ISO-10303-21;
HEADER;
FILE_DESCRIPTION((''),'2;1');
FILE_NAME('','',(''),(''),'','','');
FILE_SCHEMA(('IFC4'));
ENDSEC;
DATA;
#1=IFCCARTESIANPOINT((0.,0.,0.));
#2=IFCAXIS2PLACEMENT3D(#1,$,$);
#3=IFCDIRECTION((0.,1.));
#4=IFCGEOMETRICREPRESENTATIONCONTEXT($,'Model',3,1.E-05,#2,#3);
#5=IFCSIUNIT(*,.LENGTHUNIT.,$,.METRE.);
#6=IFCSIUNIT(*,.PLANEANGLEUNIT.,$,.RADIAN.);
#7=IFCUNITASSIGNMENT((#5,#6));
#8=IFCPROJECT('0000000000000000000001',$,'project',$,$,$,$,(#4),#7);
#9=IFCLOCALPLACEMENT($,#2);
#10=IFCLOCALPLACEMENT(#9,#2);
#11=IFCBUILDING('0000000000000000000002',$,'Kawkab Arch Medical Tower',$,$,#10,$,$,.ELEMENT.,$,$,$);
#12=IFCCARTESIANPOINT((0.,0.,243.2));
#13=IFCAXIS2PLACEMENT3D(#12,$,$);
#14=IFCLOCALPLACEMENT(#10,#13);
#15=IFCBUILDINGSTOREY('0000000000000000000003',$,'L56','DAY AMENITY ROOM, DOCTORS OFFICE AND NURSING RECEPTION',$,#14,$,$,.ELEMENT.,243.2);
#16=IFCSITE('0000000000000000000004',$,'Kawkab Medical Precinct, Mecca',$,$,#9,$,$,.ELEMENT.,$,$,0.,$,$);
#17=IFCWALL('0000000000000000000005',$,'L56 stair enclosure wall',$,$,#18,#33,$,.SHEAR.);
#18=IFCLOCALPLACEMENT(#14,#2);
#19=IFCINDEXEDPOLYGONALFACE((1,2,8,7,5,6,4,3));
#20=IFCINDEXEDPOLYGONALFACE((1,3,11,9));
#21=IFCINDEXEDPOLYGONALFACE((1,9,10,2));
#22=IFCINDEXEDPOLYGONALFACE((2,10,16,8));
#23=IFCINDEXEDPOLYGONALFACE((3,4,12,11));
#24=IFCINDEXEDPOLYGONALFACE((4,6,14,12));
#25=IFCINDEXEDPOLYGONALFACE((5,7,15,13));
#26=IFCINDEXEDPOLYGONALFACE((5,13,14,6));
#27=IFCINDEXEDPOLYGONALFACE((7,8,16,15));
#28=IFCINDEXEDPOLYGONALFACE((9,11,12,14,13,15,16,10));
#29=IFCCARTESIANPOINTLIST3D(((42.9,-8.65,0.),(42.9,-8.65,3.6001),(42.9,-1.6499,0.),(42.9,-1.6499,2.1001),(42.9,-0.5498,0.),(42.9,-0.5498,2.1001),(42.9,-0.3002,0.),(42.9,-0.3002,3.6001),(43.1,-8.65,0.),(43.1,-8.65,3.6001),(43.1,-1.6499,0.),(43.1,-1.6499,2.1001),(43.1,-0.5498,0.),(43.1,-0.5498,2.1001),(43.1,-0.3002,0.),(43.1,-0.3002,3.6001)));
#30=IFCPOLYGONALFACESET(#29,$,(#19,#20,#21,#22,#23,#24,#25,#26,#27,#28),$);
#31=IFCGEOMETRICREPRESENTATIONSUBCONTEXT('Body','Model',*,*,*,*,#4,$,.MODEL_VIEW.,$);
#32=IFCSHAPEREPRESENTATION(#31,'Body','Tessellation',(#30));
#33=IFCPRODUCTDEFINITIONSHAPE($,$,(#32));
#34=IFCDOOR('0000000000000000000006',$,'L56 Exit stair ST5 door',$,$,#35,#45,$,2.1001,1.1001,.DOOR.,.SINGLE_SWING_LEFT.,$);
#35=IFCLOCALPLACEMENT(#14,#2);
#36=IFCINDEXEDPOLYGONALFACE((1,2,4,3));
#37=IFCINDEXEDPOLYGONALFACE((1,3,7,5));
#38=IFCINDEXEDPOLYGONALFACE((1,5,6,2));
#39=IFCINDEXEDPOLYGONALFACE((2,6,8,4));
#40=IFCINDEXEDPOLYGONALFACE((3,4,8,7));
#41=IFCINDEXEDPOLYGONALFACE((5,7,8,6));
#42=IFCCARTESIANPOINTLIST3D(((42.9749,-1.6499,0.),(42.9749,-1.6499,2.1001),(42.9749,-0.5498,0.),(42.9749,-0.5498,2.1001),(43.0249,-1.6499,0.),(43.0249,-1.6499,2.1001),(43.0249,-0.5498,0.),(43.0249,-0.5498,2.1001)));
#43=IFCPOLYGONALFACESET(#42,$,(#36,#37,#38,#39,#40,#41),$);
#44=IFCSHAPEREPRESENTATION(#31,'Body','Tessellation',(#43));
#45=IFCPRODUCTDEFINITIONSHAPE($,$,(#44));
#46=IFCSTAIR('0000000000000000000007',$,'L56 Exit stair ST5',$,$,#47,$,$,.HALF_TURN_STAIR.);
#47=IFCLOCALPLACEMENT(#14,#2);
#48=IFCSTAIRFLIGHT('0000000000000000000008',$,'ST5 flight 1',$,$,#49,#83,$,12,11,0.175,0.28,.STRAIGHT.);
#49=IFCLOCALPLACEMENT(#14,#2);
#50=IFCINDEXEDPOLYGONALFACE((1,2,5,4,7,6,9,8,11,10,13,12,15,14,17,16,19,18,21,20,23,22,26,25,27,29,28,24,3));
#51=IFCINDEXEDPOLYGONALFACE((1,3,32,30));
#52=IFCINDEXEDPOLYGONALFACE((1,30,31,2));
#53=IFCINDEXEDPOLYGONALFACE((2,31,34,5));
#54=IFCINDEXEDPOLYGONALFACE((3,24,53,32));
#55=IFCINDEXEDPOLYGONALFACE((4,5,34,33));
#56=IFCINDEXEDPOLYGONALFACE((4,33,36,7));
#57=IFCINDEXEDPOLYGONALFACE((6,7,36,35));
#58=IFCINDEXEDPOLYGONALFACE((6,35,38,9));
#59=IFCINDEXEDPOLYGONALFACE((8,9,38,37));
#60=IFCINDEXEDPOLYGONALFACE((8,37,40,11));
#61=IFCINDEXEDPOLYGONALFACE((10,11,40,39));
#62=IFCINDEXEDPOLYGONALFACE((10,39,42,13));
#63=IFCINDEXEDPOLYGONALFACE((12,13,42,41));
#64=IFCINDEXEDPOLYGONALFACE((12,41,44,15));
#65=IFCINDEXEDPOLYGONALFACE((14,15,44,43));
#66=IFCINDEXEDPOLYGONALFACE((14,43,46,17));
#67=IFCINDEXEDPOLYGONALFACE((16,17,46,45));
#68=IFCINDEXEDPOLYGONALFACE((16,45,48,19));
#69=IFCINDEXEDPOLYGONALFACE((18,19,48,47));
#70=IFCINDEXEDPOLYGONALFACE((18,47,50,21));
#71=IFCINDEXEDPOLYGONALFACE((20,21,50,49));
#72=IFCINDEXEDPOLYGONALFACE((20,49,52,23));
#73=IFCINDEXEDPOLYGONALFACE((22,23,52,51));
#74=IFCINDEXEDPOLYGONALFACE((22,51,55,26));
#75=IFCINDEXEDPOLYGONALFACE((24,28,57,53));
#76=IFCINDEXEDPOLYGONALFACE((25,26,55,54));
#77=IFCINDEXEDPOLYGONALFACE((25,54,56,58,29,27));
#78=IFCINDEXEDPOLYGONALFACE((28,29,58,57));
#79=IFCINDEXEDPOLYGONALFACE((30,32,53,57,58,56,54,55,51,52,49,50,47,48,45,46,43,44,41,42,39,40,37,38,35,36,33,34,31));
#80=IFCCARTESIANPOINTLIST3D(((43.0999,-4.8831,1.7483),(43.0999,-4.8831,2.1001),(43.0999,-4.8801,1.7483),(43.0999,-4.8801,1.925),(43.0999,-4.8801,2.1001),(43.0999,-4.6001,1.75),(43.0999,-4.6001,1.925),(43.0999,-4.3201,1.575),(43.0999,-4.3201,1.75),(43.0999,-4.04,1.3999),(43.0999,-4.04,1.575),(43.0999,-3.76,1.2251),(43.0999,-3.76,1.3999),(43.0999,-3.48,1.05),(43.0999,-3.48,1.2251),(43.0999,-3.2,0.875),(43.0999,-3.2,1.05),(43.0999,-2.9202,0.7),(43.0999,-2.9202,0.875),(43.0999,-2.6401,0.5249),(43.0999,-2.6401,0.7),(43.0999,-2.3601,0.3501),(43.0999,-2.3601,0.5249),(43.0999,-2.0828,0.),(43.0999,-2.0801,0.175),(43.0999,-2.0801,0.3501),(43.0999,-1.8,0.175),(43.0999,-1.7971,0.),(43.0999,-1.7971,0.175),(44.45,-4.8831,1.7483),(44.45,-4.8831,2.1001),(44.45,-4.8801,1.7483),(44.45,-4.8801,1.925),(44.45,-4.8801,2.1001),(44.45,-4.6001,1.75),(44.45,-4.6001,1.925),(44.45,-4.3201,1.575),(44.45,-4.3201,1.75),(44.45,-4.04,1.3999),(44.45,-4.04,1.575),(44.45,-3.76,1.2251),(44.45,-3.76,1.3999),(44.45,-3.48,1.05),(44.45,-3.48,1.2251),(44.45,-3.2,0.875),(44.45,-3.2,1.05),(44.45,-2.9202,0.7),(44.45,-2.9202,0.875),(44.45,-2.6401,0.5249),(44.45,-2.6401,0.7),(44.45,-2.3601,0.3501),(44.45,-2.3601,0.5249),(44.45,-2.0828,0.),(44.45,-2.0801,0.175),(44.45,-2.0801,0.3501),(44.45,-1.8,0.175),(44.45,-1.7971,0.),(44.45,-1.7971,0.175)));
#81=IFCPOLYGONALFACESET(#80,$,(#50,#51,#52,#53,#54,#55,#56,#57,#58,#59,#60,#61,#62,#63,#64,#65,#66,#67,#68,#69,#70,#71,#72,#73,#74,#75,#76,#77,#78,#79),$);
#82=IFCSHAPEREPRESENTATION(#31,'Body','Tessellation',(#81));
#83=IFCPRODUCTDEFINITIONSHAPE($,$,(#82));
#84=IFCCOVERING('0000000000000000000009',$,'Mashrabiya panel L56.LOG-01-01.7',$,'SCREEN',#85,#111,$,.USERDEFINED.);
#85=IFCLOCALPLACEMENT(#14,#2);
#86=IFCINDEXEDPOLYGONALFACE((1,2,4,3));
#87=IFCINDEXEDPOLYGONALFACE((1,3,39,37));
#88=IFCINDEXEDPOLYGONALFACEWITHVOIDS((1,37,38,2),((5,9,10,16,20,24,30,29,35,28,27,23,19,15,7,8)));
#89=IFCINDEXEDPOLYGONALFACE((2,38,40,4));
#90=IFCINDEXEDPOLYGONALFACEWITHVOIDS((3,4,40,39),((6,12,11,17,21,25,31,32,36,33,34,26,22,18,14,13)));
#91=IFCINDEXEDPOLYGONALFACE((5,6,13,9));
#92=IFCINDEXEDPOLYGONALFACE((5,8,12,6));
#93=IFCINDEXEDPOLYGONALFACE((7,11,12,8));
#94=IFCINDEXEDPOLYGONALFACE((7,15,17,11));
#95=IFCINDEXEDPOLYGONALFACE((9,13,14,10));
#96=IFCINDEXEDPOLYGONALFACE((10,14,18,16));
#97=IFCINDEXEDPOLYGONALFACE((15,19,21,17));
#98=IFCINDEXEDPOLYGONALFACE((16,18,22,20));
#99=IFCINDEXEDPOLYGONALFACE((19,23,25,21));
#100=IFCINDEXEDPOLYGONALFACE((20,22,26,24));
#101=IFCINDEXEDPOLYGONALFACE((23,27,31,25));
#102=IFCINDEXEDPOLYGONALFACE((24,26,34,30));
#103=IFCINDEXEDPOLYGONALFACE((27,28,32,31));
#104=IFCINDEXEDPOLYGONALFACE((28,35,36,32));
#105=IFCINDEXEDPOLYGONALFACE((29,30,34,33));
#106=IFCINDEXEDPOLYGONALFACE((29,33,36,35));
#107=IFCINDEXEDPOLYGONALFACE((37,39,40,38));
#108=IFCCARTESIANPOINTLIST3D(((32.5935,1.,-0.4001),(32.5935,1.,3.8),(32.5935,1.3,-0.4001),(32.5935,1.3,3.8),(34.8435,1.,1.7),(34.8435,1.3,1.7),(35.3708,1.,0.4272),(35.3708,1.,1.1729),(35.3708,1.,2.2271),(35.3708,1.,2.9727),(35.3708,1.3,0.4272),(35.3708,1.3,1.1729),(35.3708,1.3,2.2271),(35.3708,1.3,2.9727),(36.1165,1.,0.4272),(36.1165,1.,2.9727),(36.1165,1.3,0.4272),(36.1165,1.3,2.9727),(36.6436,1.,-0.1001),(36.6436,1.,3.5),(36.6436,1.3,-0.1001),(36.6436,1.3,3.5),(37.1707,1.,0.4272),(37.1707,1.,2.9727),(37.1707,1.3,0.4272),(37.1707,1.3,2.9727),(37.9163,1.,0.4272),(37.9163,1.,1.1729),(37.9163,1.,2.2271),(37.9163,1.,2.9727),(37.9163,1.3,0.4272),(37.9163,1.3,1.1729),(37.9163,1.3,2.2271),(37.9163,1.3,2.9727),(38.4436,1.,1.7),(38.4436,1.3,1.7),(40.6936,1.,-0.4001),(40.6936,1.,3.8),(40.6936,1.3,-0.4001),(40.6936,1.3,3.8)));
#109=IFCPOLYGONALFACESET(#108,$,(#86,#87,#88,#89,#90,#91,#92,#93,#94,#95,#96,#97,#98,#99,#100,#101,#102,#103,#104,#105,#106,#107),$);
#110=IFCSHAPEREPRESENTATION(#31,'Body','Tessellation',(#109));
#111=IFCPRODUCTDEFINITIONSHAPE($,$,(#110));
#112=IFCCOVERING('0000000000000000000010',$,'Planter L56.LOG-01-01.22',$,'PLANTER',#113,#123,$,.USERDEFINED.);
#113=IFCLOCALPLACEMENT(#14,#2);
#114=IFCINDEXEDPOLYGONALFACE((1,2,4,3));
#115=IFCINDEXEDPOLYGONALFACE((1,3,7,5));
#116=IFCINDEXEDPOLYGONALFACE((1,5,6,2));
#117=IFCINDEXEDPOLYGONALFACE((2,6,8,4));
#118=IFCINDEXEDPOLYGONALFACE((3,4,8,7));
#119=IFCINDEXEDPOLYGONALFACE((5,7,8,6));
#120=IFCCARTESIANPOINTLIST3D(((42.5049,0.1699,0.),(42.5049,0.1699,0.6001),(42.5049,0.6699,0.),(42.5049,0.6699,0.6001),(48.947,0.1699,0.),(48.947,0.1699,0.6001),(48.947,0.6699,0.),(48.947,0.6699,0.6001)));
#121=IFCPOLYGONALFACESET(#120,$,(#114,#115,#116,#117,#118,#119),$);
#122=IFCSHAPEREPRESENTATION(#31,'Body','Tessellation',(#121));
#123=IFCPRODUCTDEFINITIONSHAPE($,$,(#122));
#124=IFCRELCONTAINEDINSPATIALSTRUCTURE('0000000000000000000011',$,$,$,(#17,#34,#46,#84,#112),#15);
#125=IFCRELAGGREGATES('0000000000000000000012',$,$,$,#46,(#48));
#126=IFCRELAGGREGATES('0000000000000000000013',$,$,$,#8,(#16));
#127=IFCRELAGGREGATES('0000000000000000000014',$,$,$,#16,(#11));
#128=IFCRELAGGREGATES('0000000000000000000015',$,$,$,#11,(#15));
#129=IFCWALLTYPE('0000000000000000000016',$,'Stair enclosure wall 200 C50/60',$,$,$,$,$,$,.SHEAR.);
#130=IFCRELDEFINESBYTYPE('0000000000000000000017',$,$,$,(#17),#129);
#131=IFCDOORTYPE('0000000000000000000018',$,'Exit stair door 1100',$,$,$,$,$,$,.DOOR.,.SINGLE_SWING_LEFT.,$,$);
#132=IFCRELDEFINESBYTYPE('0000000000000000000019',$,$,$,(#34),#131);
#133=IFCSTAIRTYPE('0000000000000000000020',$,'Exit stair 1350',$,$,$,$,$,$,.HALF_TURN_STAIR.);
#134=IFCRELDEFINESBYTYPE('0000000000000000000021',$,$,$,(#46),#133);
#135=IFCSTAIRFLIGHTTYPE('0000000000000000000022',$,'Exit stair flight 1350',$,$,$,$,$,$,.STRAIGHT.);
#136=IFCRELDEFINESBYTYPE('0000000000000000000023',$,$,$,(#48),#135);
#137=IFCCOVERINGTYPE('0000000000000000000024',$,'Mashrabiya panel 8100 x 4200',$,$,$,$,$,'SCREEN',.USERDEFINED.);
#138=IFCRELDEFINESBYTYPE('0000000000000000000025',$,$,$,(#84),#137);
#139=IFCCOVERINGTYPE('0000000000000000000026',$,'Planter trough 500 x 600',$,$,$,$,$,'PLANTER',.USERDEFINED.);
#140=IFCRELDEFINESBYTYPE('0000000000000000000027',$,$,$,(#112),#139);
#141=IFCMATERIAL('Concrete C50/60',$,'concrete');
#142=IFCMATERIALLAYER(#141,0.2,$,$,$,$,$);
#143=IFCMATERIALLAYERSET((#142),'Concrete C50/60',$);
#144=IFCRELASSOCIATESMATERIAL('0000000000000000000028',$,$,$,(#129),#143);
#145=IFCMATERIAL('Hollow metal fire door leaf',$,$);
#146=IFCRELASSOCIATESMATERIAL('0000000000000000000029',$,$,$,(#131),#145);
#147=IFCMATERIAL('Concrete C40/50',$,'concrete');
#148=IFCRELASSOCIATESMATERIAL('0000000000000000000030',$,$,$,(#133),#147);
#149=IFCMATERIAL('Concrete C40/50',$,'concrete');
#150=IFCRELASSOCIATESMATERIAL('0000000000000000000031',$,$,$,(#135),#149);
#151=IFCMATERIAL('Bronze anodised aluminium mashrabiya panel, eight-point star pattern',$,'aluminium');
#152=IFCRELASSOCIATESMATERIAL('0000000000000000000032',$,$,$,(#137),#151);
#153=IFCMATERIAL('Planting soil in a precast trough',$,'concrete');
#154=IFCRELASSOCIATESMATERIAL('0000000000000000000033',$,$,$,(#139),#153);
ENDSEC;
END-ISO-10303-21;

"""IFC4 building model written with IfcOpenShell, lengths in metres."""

from ifc_helpers import new_model, si_unit, direction, frame, frame_2d, origin, origin_2d, place, context, subcontext, project, spatial, polyline, rectangle, outline, extrude, material, layer, layer_set, material_profile, profile_set, type_object, element, fill, aggregate, save


model = new_model("IFC4")

# Units and contexts
model_context = context("Model", 3, precision=1e-05, world=origin(), true_north=direction((0.0, 1.0)))
body_context = subcontext(model_context, "Body", "Model", "MODEL_VIEW")
ifc_project = project(units=[si_unit("LENGTHUNIT", "METRE"), si_unit("PLANEANGLEUNIT", "RADIAN")], contexts=[model_context])

# Site, building, storey
site_placement = place(None, origin())
site = spatial("IfcSite", under=ifc_project, at=site_placement, Name="Kawkab Medical Precinct, Mecca", CompositionType="ELEMENT", RefElevation=0.0)
building_placement = place(site_placement, origin())
building = spatial("IfcBuilding", under=site, at=building_placement, Name="Kawkab Arch Medical Tower", CompositionType="ELEMENT")
storey_placement = place(building_placement, frame((0.0, 0.0, 243.2)))
storey = spatial("IfcBuildingStorey", under=building, at=storey_placement, Name="L56", Description="DAY AMENITY ROOM, DOCTORS OFFICE AND NURSING RECEPTION", CompositionType="ELEMENT", Elevation=243.2)

# Shared definitions
placement = place(storey_placement, origin())

# Wall, opening, door
ifc_material_1 = material(Name="Concrete C50/60", Category="concrete")
ifc_layer_1 = layer(ifc_material_1, 0.2)
ifc_layer_set_1 = layer_set([ifc_layer_1], Name="Concrete C50/60")
wall_type_1 = type_object("IfcWallType", Name="Stair enclosure wall 200 C50/60", PredefinedType="SHEAR", material=ifc_layer_set_1)
wall_1_placement = place(storey_placement, frame((43.0, -8.6499, 0.0), z_axis=(0.0, 0.0, 1.0), x_axis=(0.0, 1.0, 0.0)))
wall_1 = element("IfcWall", 1, at=wall_1_placement, inside=storey, type_object=wall_type_1, Name="L56 stair enclosure wall", PredefinedType="SHEAR", context=body_context, shape_type="SweptSolid", body=[
    extrude(rectangle(XDim=8.3499, YDim=0.2, at=frame_2d((4.1748, 0.0))), origin(), (0.0, 0.0, 1.0), 3.6001),
])
opening_1_placement = place(wall_1_placement, frame((7.0, 0.0, 0.0)))
opening_1 = element("IfcOpeningElement", 2, at=opening_1_placement, cuts=wall_1, PredefinedType="OPENING", context=body_context, shape_type="SweptSolid", body=[
    extrude(rectangle(XDim=1.1001, YDim=2.1001, at=frame_2d((0.55, 1.05))), frame((0.0, 0.1099, 0.0), z_axis=(0.0, -1.0, 0.0), x_axis=(1.0, 0.0, 0.0)), (0.0, 0.0, 1.0), 0.22),
])
ifc_material_2 = material(Name="Hollow metal fire door leaf")
door_type_1 = type_object("IfcDoorType", Name="Exit stair door 1100", OperationType="SINGLE_SWING_LEFT", PredefinedType="DOOR", material=ifc_material_2)
door_1_placement = place(opening_1_placement, frame((1.1001, 0.0, 0.0), z_axis=(0.0, 0.0, 1.0), x_axis=(-1.0, 0.0, 0.0)))
door_1 = element("IfcDoor", 3, at=door_1_placement, inside=storey, type_object=door_type_1, Name="L56 Exit stair ST5 door", OperationType="SINGLE_SWING_LEFT", OverallHeight=2.1001, OverallWidth=1.1001, PredefinedType="DOOR", context=body_context, shape_type="SweptSolid", body=[
    extrude(rectangle(XDim=1.1001, YDim=2.1001, at=frame_2d((0.55, 1.05))), frame((0.0, 0.0249, 0.0), z_axis=(0.0, -1.0, 0.0), x_axis=(1.0, 0.0, 0.0)), (0.0, 0.0, 1.0), 0.05),
])
fill(opening_1, door_1)

# Stair, stair flight
ifc_material_3 = material(Name="Concrete C40/50", Category="concrete")
stair_type = type_object("IfcStairType", Name="Exit stair 1350", PredefinedType="HALF_TURN_STAIR", material=ifc_material_3)
stair = element("IfcStair", 4, at=placement, inside=storey, type_object=stair_type, Name="L56 Exit stair ST5", PredefinedType="HALF_TURN_STAIR")
ifc_material_4 = material(Name="Concrete C40/50", Category="concrete")
stair_flight_type = type_object("IfcStairFlightType", Name="Exit stair flight 1350", PredefinedType="STRAIGHT", material=ifc_material_4)
stair_flight_placement = place(storey_placement, frame((43.7749, -1.8, 0.0), z_axis=(0.0, 0.0, 1.0), x_axis=(0.0, -1.0, 0.0)))
stair_flight = element("IfcStairFlight", 5, at=stair_flight_placement, type_object=stair_flight_type, Name="ST5 flight 1", NumberOfRisers=12, NumberOfTreads=11, PredefinedType="STRAIGHT", RiserHeight=0.175, TreadLength=0.28, context=body_context, shape_type="SweptSolid", body=[
    extrude(outline(polyline([(-0.0029, 0.0), (-0.0029, 0.175), (0.0, 0.175), (0.28, 0.175), (0.28, 0.3501), (0.5601, 0.3501), (0.5601, 0.5249), (0.8401, 0.5249), (0.8401, 0.7), (1.1201, 0.7), (1.1201, 0.875), (1.3999, 0.875), (1.3999, 1.05), (1.6799, 1.05), (1.6799, 1.2251), (1.96, 1.2251), (1.96, 1.3999), (2.24, 1.3999), (2.24, 1.575), (2.52, 1.575), (2.52, 1.75), (2.8, 1.75), (2.8, 1.925), (3.0801, 1.925), (3.0801, 2.1001), (3.083, 2.1001), (3.083, 1.7483), (3.0801, 1.7483), (0.2827, 0.0), (-0.0029, 0.0)])), frame((0.0, 0.675, 0.0), z_axis=(0.0, -1.0, 0.0), x_axis=(1.0, 0.0, 0.0)), (0.0, 0.0, 1.0), 1.3501),
])
aggregate(stair, [stair_flight])

# Coverings
ifc_material_5 = material(Name="Bronze anodised aluminium mashrabiya panel, eight-point star pattern", Category="aluminium")
ifc_material_profile_1 = material_profile(ifc_material_5, outline(polyline([(-4.05, -2.1001), (4.05, -2.1001), (4.05, 2.1001), (-4.05, 2.1001), (-4.05, -2.1001)]), holes=[polyline([(1.8, 0.0), (1.2727, 0.5271), (1.2727, 1.2727), (0.5271, 1.2727), (0.0, 1.8), (-0.5271, 1.2727), (-1.2727, 1.2727), (-1.2727, 0.5271), (-1.8, 0.0), (-1.2727, -0.5271), (-1.2727, -1.2727), (-0.5271, -1.2727), (0.0, -1.8), (0.5271, -1.2727), (1.2727, -1.2727), (1.2727, -0.5271), (1.8, 0.0)])]), Name="Mashrabiya panel 8100x4200")
ifc_profile_set_1 = profile_set([ifc_material_profile_1], Name="Bronze anodised aluminium mashrabiya panel, eight-point star pattern")
covering_type_1 = type_object("IfcCoveringType", Name="Mashrabiya panel 8100 x 4200", ElementType="SCREEN", PredefinedType="USERDEFINED", material=ifc_profile_set_1)
covering_1_placement = place(storey_placement, frame((36.6436, 1.0, 1.7), z_axis=(0.0, 1.0, 0.0), x_axis=(-1.0, 0.0, 0.0)))
element("IfcCovering", 6, at=covering_1_placement, inside=storey, type_object=covering_type_1, Name="Mashrabiya panel L56.LOG-01-01.7", ObjectType="SCREEN", PredefinedType="USERDEFINED", context=body_context, shape_type="SweptSolid", body=[
    extrude(outline(polyline([(-4.05, -2.1001), (4.05, -2.1001), (4.05, 2.1001), (-4.05, 2.1001), (-4.05, -2.1001)]), holes=[polyline([(1.8, 0.0), (1.2727, 0.5271), (1.2727, 1.2727), (0.5271, 1.2727), (0.0, 1.8), (-0.5271, 1.2727), (-1.2727, 1.2727), (-1.2727, 0.5271), (-1.8, 0.0), (-1.2727, -0.5271), (-1.2727, -1.2727), (-0.5271, -1.2727), (0.0, -1.8), (0.5271, -1.2727), (1.2727, -1.2727), (1.2727, -0.5271), (1.8, 0.0)])]), origin(), (0.0, 0.0, 1.0), 0.3),
])
ifc_material_6 = material(Name="Planting soil in a precast trough", Category="concrete")
ifc_material_profile_2 = material_profile(ifc_material_6, rectangle(XDim=0.5, YDim=0.6001, at=origin_2d()), Name="Trough 500x600")
ifc_profile_set_2 = profile_set([ifc_material_profile_2], Name="Planting soil in a precast trough")
covering_type_2 = type_object("IfcCoveringType", Name="Planter trough 500 x 600", ElementType="PLANTER", PredefinedType="USERDEFINED", material=ifc_profile_set_2)
covering_2_placement = place(storey_placement, frame((42.5049, 0.4199, 0.3), z_axis=(1.0, 0.0, 0.0), x_axis=(0.0, 1.0, 0.0)))
element("IfcCovering", 7, at=covering_2_placement, inside=storey, type_object=covering_type_2, Name="Planter L56.LOG-01-01.22", ObjectType="PLANTER", PredefinedType="USERDEFINED", context=body_context, shape_type="SweptSolid", body=[
    extrude(rectangle(XDim=0.5, YDim=0.6001, at=origin_2d()), origin(), (0.0, 0.0, 1.0), 6.4421),
])

save(model, "model.ifc")
